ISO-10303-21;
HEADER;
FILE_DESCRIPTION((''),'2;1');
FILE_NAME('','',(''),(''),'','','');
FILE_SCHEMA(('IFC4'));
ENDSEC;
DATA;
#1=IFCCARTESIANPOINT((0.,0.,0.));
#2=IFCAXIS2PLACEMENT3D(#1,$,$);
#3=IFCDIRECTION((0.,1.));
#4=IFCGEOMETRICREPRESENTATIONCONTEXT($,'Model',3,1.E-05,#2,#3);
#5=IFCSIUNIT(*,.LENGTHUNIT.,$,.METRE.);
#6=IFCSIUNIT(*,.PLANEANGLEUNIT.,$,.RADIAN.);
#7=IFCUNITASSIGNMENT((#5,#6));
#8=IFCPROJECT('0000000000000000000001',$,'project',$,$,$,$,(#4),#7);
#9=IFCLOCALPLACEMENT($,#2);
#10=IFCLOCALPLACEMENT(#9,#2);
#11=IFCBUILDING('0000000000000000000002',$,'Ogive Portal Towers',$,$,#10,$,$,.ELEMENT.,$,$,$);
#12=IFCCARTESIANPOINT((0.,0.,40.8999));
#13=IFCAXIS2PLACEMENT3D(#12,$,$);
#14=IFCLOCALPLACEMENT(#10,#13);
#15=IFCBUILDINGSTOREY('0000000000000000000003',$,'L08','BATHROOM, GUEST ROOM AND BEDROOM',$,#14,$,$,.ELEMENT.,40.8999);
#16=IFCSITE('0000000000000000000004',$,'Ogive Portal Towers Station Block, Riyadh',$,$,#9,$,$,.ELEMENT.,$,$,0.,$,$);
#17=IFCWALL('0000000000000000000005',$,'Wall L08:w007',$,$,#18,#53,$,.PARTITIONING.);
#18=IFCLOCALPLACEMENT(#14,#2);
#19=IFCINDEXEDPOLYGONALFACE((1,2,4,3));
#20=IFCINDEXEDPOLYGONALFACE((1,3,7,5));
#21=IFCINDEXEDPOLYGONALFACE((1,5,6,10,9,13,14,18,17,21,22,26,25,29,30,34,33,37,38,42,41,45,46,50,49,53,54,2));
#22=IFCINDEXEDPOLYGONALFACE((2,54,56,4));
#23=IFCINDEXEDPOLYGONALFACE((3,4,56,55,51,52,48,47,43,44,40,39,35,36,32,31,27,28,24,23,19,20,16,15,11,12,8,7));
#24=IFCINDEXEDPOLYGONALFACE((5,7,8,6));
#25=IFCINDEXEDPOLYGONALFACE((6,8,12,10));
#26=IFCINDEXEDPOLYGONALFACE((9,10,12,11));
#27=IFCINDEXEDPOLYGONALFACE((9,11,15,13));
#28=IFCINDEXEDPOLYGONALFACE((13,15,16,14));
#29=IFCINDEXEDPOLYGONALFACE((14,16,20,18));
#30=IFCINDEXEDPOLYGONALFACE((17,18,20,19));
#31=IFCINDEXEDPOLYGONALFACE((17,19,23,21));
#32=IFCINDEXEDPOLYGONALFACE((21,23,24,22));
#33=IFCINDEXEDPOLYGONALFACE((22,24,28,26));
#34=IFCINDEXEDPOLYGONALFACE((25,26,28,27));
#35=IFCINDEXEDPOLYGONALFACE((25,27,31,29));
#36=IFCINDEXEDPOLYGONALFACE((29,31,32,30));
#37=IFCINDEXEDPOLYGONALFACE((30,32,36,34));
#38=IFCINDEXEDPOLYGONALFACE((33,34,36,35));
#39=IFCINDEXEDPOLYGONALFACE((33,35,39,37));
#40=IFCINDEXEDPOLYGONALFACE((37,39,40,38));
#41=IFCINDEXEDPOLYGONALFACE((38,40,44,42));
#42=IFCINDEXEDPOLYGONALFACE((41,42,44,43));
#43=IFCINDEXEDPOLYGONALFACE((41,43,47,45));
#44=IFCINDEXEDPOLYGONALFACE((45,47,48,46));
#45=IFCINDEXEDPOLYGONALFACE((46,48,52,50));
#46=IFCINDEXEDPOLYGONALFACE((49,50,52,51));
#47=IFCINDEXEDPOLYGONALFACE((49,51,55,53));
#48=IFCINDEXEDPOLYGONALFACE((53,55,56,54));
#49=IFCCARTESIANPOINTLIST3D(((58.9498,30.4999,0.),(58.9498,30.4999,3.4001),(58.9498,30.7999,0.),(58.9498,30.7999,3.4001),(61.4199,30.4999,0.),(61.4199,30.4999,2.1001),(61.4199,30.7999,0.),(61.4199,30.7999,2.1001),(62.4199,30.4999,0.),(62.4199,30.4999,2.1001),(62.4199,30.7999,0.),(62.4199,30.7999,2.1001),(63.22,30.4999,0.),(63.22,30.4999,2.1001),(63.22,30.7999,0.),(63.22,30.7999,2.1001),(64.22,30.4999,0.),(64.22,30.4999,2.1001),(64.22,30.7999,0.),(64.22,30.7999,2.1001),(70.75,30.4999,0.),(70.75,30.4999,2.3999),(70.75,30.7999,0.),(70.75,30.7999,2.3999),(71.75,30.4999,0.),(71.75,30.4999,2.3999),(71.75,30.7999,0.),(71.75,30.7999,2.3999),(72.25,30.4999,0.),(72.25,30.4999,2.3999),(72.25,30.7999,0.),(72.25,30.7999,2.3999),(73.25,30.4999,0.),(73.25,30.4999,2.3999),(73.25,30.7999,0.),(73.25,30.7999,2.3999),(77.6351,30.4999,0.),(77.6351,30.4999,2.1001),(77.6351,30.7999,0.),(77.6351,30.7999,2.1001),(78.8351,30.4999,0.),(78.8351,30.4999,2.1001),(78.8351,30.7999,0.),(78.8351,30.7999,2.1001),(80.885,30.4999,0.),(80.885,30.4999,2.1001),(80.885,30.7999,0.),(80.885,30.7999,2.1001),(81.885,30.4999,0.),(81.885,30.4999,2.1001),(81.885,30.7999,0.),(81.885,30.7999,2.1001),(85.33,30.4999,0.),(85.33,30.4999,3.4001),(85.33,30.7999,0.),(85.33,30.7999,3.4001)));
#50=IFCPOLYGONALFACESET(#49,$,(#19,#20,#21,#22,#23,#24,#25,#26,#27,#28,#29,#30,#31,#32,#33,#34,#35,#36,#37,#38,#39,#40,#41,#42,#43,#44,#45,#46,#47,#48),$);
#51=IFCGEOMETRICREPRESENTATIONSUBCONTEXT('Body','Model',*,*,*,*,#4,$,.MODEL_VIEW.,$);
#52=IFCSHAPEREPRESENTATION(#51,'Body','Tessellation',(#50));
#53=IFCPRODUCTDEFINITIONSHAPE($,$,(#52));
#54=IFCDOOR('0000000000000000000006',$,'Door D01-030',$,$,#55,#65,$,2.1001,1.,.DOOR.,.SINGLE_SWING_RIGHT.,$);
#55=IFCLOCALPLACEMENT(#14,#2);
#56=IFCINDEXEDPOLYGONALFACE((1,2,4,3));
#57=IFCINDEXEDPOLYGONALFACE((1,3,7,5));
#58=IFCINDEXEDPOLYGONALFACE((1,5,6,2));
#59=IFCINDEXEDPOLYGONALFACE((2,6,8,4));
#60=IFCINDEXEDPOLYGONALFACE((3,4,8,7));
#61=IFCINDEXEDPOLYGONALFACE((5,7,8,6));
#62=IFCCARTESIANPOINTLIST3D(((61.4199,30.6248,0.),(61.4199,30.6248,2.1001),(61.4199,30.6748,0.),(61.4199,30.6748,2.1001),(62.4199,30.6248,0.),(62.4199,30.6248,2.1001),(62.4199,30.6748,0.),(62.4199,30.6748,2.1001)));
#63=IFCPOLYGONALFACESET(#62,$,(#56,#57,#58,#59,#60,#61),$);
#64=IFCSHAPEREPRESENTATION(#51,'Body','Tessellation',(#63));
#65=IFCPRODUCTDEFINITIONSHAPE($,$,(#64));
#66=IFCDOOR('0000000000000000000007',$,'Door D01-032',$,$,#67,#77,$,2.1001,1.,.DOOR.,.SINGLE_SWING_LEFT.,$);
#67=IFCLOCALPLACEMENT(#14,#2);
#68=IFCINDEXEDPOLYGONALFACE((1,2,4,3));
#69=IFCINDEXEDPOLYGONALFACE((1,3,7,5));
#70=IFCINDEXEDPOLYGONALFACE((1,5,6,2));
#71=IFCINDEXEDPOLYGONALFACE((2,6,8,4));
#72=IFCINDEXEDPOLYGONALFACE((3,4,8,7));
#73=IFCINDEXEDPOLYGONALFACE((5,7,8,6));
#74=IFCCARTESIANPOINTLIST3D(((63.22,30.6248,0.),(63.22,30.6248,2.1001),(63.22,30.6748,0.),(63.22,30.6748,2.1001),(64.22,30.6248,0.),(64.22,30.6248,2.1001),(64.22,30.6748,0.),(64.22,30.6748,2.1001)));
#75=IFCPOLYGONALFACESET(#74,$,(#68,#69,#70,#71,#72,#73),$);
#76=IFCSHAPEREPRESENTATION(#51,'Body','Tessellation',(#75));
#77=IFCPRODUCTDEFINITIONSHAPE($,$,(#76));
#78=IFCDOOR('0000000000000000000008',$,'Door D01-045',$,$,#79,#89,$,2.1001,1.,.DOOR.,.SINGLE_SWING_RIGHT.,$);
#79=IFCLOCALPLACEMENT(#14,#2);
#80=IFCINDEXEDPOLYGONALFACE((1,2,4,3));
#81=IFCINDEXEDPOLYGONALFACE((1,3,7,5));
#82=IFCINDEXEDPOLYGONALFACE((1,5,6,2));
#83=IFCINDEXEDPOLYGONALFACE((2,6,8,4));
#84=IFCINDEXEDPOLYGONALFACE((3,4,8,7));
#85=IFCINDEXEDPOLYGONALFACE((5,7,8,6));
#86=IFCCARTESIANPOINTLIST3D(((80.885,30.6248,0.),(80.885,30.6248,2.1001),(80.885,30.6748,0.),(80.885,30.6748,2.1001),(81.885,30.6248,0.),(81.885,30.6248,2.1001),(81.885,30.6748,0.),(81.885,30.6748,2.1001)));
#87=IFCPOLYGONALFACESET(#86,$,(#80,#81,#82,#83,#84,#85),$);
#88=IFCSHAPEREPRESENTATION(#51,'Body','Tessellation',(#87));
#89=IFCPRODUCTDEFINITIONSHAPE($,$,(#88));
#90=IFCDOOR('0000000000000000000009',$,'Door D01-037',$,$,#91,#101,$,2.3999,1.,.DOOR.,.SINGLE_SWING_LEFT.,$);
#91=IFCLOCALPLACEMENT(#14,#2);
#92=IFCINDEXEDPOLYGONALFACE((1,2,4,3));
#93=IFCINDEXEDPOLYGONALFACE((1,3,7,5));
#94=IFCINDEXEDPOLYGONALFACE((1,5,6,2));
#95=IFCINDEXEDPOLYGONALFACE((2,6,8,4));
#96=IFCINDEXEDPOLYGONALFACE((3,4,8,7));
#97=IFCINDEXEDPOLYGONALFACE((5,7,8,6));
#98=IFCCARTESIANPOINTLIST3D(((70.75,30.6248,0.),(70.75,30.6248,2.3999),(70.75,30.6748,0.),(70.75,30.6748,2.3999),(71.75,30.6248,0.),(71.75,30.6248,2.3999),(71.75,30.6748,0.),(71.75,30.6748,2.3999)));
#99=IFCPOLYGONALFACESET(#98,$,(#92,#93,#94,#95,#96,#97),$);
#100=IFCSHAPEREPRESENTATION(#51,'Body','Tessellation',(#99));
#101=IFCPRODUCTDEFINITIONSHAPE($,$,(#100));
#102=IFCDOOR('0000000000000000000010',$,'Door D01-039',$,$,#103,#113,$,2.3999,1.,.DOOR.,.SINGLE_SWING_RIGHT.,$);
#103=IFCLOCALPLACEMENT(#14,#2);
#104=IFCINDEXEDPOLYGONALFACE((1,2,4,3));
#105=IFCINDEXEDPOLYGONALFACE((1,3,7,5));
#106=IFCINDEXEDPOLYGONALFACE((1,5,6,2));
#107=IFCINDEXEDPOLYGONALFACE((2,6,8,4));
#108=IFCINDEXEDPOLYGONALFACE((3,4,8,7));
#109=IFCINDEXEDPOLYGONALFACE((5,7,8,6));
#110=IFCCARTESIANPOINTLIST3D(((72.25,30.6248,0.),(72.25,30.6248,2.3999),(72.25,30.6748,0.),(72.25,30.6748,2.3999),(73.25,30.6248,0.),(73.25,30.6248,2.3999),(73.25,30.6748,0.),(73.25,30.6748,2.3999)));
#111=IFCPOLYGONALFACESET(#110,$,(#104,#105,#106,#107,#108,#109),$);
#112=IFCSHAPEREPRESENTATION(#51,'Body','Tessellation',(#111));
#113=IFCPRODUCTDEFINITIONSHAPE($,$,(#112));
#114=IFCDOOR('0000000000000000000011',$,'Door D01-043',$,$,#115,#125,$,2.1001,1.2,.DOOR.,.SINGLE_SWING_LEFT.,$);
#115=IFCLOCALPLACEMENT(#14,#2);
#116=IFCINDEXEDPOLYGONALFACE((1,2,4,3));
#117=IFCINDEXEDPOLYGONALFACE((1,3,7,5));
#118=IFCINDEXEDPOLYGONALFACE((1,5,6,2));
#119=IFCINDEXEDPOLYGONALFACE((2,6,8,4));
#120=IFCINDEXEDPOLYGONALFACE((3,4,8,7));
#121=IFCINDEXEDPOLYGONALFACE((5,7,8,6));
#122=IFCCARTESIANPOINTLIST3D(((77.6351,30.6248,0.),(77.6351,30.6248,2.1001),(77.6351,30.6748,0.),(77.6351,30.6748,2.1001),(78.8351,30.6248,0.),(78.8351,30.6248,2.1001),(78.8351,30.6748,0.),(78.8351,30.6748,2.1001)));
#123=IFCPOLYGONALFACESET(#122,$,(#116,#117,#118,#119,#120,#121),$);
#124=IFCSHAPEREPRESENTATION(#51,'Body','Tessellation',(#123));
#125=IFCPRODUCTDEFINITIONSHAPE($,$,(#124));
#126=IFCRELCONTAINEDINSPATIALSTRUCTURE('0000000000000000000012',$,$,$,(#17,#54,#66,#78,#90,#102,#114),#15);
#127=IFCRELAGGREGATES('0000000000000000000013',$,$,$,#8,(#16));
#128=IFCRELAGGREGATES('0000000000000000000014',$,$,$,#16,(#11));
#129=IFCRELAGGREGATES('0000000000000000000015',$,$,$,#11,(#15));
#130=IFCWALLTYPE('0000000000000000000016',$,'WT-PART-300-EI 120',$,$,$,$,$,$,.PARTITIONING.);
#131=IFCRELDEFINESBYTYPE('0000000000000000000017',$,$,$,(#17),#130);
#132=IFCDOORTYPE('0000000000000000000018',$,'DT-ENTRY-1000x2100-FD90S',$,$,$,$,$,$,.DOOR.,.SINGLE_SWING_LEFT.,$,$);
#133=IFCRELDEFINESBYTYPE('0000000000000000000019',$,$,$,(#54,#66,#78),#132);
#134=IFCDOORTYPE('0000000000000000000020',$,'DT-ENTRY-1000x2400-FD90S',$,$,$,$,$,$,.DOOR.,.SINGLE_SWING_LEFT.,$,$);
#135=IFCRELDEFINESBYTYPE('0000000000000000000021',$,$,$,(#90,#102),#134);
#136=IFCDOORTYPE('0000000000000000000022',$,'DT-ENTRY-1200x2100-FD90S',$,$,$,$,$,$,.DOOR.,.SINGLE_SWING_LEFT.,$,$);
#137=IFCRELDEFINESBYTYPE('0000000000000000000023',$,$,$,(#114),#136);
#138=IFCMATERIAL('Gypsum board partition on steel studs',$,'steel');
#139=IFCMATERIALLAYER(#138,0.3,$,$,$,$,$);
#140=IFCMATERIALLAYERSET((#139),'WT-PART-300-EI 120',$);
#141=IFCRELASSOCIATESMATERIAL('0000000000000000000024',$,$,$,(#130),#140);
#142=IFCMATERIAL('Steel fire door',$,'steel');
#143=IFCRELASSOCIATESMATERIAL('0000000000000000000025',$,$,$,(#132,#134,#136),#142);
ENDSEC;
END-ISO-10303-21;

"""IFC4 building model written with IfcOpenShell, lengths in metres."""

from ifc_helpers import new_model, si_unit, direction, frame, frame_2d, origin, place, context, subcontext, project, spatial, rectangle, extrude, material, layer, layer_set, type_object, element, fill, save


model = new_model("IFC4")

# Units and contexts
model_context = context("Model", 3, precision=1e-05, world=origin(), true_north=direction((0.0, 1.0)))
body_context = subcontext(model_context, "Body", "Model", "MODEL_VIEW")
ifc_project = project(units=[si_unit("LENGTHUNIT", "METRE"), si_unit("PLANEANGLEUNIT", "RADIAN")], contexts=[model_context])

# Site, building, storey
site_placement = place(None, origin())
site = spatial("IfcSite", under=ifc_project, at=site_placement, Name="Ogive Portal Towers Station Block, Riyadh", CompositionType="ELEMENT", RefElevation=0.0)
building_placement = place(site_placement, origin())
building = spatial("IfcBuilding", under=site, at=building_placement, Name="Ogive Portal Towers", CompositionType="ELEMENT")
storey_placement = place(building_placement, frame((0.0, 0.0, 40.8999)))
storey = spatial("IfcBuildingStorey", under=building, at=storey_placement, Name="L08", Description="BATHROOM, GUEST ROOM AND BEDROOM", CompositionType="ELEMENT", Elevation=40.8999)

# Wall, openings, doors
ifc_material_1 = material(Name="Gypsum board partition on steel studs", Category="steel")
ifc_layer_1 = layer(ifc_material_1, 0.3)
ifc_layer_set_1 = layer_set([ifc_layer_1], Name="WT-PART-300-EI 120")
wall_type_1 = type_object("IfcWallType", Name="WT-PART-300-EI 120", PredefinedType="PARTITIONING", material=ifc_layer_set_1)
wall_1_placement = place(storey_placement, frame((58.95, 30.6499, 0.0), z_axis=(0.0, 0.0, 1.0), x_axis=(1.0, 0.0, 0.0)))
wall_1 = element("IfcWall", 1, at=wall_1_placement, inside=storey, type_object=wall_type_1, Name="Wall L08:w007", PredefinedType="PARTITIONING", context=body_context, shape_type="SweptSolid", body=[
    extrude(rectangle(XDim=26.3801, YDim=0.3, at=frame_2d((13.1899, 0.0))), origin(), (0.0, 0.0, 1.0), 3.4001),
])
opening_1_placement = place(wall_1_placement, frame((2.47, 0.0, 0.0)))
opening_1 = element("IfcOpeningElement", 2, at=opening_1_placement, cuts=wall_1, PredefinedType="OPENING", context=body_context, shape_type="SweptSolid", body=[
    extrude(rectangle(XDim=1.0, YDim=2.1001, at=frame_2d((0.5, 1.05))), frame((0.0, 0.1602, 0.0), z_axis=(0.0, -1.0, 0.0), x_axis=(1.0, 0.0, 0.0)), (0.0, 0.0, 1.0), 0.3201),
])
opening_2_placement = place(wall_1_placement, frame((4.27, 0.0, 0.0)))
opening_2 = element("IfcOpeningElement", 3, at=opening_2_placement, cuts=wall_1, PredefinedType="OPENING", context=body_context, shape_type="SweptSolid", body=[
    extrude(rectangle(XDim=1.0, YDim=2.1001, at=frame_2d((0.5, 1.05))), frame((0.0, 0.1602, 0.0), z_axis=(0.0, -1.0, 0.0), x_axis=(1.0, 0.0, 0.0)), (0.0, 0.0, 1.0), 0.3201),
])
opening_3_placement = place(wall_1_placement, frame((11.8, 0.0, 0.0)))
opening_3 = element("IfcOpeningElement", 4, at=opening_3_placement, cuts=wall_1, PredefinedType="OPENING", context=body_context, shape_type="SweptSolid", body=[
    extrude(rectangle(XDim=1.0, YDim=2.3999, at=frame_2d((0.5, 1.2))), frame((0.0, 0.1602, 0.0), z_axis=(0.0, -1.0, 0.0), x_axis=(1.0, 0.0, 0.0)), (0.0, 0.0, 1.0), 0.3201),
])
opening_4_placement = place(wall_1_placement, frame((13.3, 0.0, 0.0)))
opening_4 = element("IfcOpeningElement", 5, at=opening_4_placement, cuts=wall_1, PredefinedType="OPENING", context=body_context, shape_type="SweptSolid", body=[
    extrude(rectangle(XDim=1.0, YDim=2.3999, at=frame_2d((0.5, 1.2))), frame((0.0, 0.1602, 0.0), z_axis=(0.0, -1.0, 0.0), x_axis=(1.0, 0.0, 0.0)), (0.0, 0.0, 1.0), 0.3201),
])
opening_5_placement = place(wall_1_placement, frame((18.6851, 0.0, 0.0)))
opening_5 = element("IfcOpeningElement", 6, at=opening_5_placement, cuts=wall_1, PredefinedType="OPENING", context=body_context, shape_type="SweptSolid", body=[
    extrude(rectangle(XDim=1.2, YDim=2.1001, at=frame_2d((0.6001, 1.05))), frame((0.0, 0.1602, 0.0), z_axis=(0.0, -1.0, 0.0), x_axis=(1.0, 0.0, 0.0)), (0.0, 0.0, 1.0), 0.3201),
])
opening_6_placement = place(wall_1_placement, frame((21.9351, 0.0, 0.0)))
opening_6 = element("IfcOpeningElement", 7, at=opening_6_placement, cuts=wall_1, PredefinedType="OPENING", context=body_context, shape_type="SweptSolid", body=[
    extrude(rectangle(XDim=1.0, YDim=2.1001, at=frame_2d((0.5, 1.05))), frame((0.0, 0.1602, 0.0), z_axis=(0.0, -1.0, 0.0), x_axis=(1.0, 0.0, 0.0)), (0.0, 0.0, 1.0), 0.3201),
])
ifc_material_2 = material(Name="Steel fire door", Category="steel")
door_type_1 = type_object("IfcDoorType", Name="DT-ENTRY-1000x2100-FD90S", OperationType="SINGLE_SWING_LEFT", PredefinedType="DOOR", material=ifc_material_2)
door_1_placement = place(opening_1_placement, origin())
door_1 = element("IfcDoor", 8, at=door_1_placement, inside=storey, type_object=door_type_1, Name="Door D01-030", OperationType="SINGLE_SWING_RIGHT", OverallHeight=2.1001, OverallWidth=1.0, PredefinedType="DOOR", context=body_context, shape_type="SweptSolid", body=[
    extrude(rectangle(XDim=1.0, YDim=2.1001, at=frame_2d((0.5, 1.05))), frame((0.0, 0.0249, 0.0), z_axis=(0.0, -1.0, 0.0), x_axis=(1.0, 0.0, 0.0)), (0.0, 0.0, 1.0), 0.05),
])
fill(opening_1, door_1)
door_2_placement = place(opening_2_placement, origin())
door_2 = element("IfcDoor", 9, at=door_2_placement, inside=storey, type_object=door_type_1, Name="Door D01-032", OperationType="SINGLE_SWING_LEFT", OverallHeight=2.1001, OverallWidth=1.0, PredefinedType="DOOR", context=body_context, shape_type="SweptSolid", body=[
    extrude(rectangle(XDim=1.0, YDim=2.1001, at=frame_2d((0.5, 1.05))), frame((0.0, 0.0249, 0.0), z_axis=(0.0, -1.0, 0.0), x_axis=(1.0, 0.0, 0.0)), (0.0, 0.0, 1.0), 0.05),
])
fill(opening_2, door_2)
door_3_placement = place(opening_6_placement, origin())
door_3 = element("IfcDoor", 10, at=door_3_placement, inside=storey, type_object=door_type_1, Name="Door D01-045", OperationType="SINGLE_SWING_RIGHT", OverallHeight=2.1001, OverallWidth=1.0, PredefinedType="DOOR", context=body_context, shape_type="SweptSolid", body=[
    extrude(rectangle(XDim=1.0, YDim=2.1001, at=frame_2d((0.5, 1.05))), frame((0.0, 0.0249, 0.0), z_axis=(0.0, -1.0, 0.0), x_axis=(1.0, 0.0, 0.0)), (0.0, 0.0, 1.0), 0.05),
])
fill(opening_6, door_3)
door_type_2 = type_object("IfcDoorType", Name="DT-ENTRY-1000x2400-FD90S", OperationType="SINGLE_SWING_LEFT", PredefinedType="DOOR", material=ifc_material_2)
door_4_placement = place(opening_3_placement, origin())
door_4 = element("IfcDoor", 11, at=door_4_placement, inside=storey, type_object=door_type_2, Name="Door D01-037", OperationType="SINGLE_SWING_LEFT", OverallHeight=2.3999, OverallWidth=1.0, PredefinedType="DOOR", context=body_context, shape_type="SweptSolid", body=[
    extrude(rectangle(XDim=1.0, YDim=2.3999, at=frame_2d((0.5, 1.2))), frame((0.0, 0.0249, 0.0), z_axis=(0.0, -1.0, 0.0), x_axis=(1.0, 0.0, 0.0)), (0.0, 0.0, 1.0), 0.05),
])
fill(opening_3, door_4)
door_5_placement = place(opening_4_placement, origin())
door_5 = element("IfcDoor", 12, at=door_5_placement, inside=storey, type_object=door_type_2, Name="Door D01-039", OperationType="SINGLE_SWING_RIGHT", OverallHeight=2.3999, OverallWidth=1.0, PredefinedType="DOOR", context=body_context, shape_type="SweptSolid", body=[
    extrude(rectangle(XDim=1.0, YDim=2.3999, at=frame_2d((0.5, 1.2))), frame((0.0, 0.0249, 0.0), z_axis=(0.0, -1.0, 0.0), x_axis=(1.0, 0.0, 0.0)), (0.0, 0.0, 1.0), 0.05),
])
fill(opening_4, door_5)
door_type_3 = type_object("IfcDoorType", Name="DT-ENTRY-1200x2100-FD90S", OperationType="SINGLE_SWING_LEFT", PredefinedType="DOOR", material=ifc_material_2)
door_6_placement = place(opening_5_placement, origin())
door_6 = element("IfcDoor", 13, at=door_6_placement, inside=storey, type_object=door_type_3, Name="Door D01-043", OperationType="SINGLE_SWING_LEFT", OverallHeight=2.1001, OverallWidth=1.2, PredefinedType="DOOR", context=body_context, shape_type="SweptSolid", body=[
    extrude(rectangle(XDim=1.2, YDim=2.1001, at=frame_2d((0.6001, 1.05))), frame((0.0, 0.0249, 0.0), z_axis=(0.0, -1.0, 0.0), x_axis=(1.0, 0.0, 0.0)), (0.0, 0.0, 1.0), 0.05),
])
fill(opening_5, door_6)

save(model, "model.ifc")
